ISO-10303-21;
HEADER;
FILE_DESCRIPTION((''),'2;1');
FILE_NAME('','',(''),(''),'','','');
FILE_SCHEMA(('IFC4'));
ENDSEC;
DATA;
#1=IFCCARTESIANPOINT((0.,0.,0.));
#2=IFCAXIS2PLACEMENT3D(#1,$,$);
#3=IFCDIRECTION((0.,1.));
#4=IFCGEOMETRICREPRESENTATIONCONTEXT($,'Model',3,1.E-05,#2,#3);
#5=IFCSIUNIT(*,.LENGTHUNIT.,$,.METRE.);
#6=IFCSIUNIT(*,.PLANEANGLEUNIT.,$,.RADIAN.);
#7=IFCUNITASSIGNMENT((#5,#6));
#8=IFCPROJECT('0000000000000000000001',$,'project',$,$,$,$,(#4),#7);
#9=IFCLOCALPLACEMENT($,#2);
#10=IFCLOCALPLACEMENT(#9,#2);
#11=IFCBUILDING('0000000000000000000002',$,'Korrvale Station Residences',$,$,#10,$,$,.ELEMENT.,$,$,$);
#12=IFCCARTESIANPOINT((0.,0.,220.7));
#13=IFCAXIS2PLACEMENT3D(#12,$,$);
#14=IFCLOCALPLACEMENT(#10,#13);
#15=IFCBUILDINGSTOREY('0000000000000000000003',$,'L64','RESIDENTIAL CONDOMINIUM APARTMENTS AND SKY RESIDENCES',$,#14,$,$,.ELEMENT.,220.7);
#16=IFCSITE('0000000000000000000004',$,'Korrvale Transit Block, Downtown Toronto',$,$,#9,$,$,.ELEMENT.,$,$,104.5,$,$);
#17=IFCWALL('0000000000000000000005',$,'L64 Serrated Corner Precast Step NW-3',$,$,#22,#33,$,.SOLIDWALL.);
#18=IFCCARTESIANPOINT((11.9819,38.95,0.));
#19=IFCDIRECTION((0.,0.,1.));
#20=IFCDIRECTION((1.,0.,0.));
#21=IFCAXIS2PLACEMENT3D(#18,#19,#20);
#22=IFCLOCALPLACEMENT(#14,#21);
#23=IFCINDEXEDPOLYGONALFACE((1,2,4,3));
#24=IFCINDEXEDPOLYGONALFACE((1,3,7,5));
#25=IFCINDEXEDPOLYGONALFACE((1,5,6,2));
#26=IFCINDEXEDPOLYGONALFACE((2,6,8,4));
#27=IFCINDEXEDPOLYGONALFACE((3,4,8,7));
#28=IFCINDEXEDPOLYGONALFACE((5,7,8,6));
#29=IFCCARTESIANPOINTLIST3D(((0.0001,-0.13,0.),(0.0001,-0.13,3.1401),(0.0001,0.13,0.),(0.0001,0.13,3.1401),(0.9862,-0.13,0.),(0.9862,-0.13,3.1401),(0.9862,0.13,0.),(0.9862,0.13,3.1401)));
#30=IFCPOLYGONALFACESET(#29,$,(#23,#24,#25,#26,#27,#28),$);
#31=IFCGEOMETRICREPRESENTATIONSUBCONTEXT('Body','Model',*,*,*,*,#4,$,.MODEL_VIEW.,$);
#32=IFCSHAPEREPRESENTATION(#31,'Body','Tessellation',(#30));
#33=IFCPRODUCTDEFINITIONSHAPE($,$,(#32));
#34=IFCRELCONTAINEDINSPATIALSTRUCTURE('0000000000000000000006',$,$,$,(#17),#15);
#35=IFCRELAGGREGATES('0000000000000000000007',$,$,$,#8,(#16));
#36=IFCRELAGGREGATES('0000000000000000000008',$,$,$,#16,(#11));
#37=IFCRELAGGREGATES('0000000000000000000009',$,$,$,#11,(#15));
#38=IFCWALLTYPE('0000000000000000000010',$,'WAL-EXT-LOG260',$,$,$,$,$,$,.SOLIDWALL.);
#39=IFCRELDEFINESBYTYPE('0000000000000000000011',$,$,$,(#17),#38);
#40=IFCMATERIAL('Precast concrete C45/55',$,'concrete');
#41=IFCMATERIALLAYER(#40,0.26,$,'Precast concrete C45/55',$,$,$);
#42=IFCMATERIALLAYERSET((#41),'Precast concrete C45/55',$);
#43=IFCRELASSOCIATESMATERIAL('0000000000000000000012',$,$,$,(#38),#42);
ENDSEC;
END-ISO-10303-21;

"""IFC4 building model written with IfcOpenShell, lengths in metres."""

from ifc_helpers import new_model, si_unit, direction, frame, frame_2d, origin, place, context, subcontext, project, spatial, rectangle, extrude, material, layer, layer_set, type_object, element, save


model = new_model("IFC4")

# Units and contexts
model_context = context("Model", 3, precision=1e-05, world=origin(), true_north=direction((0.0, 1.0)))
body_context = subcontext(model_context, "Body", "Model", "MODEL_VIEW")
ifc_project = project(units=[si_unit("LENGTHUNIT", "METRE"), si_unit("PLANEANGLEUNIT", "RADIAN")], contexts=[model_context])

# Site, building, storey
site_placement = place(None, origin())
site = spatial("IfcSite", under=ifc_project, at=site_placement, Name="Korrvale Transit Block, Downtown Toronto", CompositionType="ELEMENT", RefElevation=104.5)
building_placement = place(site_placement, origin())
building = spatial("IfcBuilding", under=site, at=building_placement, Name="Korrvale Station Residences", CompositionType="ELEMENT")
storey_placement = place(building_placement, frame((0.0, 0.0, 220.7)))
storey = spatial("IfcBuildingStorey", under=building, at=storey_placement, Name="L64", Description="RESIDENTIAL CONDOMINIUM APARTMENTS AND SKY RESIDENCES", CompositionType="ELEMENT", Elevation=220.7)

# Wall
ifc_material_1 = material(Name="Precast concrete C45/55", Category="concrete")
ifc_layer_1 = layer(ifc_material_1, 0.26, Name="Precast concrete C45/55")
ifc_layer_set_1 = layer_set([ifc_layer_1], Name="Precast concrete C45/55")
wall_type_1 = type_object("IfcWallType", Name="WAL-EXT-LOG260", PredefinedType="SOLIDWALL", material=ifc_layer_set_1)
wall_1_placement = place(storey_placement, frame((11.9819, 38.95, 0.0), z_axis=(0.0, 0.0, 1.0), x_axis=(1.0, 0.0, 0.0)))
element("IfcWall", 1, at=wall_1_placement, inside=storey, type_object=wall_type_1, Name="L64 Serrated Corner Precast Step NW-3", PredefinedType="SOLIDWALL", context=body_context, shape_type="SweptSolid", body=[
    extrude(rectangle(XDim=0.9861, YDim=0.26, at=frame_2d((0.4932, 0.0))), origin(), (0.0, 0.0, 1.0), 3.1401),
])

save(model, "model.ifc")
